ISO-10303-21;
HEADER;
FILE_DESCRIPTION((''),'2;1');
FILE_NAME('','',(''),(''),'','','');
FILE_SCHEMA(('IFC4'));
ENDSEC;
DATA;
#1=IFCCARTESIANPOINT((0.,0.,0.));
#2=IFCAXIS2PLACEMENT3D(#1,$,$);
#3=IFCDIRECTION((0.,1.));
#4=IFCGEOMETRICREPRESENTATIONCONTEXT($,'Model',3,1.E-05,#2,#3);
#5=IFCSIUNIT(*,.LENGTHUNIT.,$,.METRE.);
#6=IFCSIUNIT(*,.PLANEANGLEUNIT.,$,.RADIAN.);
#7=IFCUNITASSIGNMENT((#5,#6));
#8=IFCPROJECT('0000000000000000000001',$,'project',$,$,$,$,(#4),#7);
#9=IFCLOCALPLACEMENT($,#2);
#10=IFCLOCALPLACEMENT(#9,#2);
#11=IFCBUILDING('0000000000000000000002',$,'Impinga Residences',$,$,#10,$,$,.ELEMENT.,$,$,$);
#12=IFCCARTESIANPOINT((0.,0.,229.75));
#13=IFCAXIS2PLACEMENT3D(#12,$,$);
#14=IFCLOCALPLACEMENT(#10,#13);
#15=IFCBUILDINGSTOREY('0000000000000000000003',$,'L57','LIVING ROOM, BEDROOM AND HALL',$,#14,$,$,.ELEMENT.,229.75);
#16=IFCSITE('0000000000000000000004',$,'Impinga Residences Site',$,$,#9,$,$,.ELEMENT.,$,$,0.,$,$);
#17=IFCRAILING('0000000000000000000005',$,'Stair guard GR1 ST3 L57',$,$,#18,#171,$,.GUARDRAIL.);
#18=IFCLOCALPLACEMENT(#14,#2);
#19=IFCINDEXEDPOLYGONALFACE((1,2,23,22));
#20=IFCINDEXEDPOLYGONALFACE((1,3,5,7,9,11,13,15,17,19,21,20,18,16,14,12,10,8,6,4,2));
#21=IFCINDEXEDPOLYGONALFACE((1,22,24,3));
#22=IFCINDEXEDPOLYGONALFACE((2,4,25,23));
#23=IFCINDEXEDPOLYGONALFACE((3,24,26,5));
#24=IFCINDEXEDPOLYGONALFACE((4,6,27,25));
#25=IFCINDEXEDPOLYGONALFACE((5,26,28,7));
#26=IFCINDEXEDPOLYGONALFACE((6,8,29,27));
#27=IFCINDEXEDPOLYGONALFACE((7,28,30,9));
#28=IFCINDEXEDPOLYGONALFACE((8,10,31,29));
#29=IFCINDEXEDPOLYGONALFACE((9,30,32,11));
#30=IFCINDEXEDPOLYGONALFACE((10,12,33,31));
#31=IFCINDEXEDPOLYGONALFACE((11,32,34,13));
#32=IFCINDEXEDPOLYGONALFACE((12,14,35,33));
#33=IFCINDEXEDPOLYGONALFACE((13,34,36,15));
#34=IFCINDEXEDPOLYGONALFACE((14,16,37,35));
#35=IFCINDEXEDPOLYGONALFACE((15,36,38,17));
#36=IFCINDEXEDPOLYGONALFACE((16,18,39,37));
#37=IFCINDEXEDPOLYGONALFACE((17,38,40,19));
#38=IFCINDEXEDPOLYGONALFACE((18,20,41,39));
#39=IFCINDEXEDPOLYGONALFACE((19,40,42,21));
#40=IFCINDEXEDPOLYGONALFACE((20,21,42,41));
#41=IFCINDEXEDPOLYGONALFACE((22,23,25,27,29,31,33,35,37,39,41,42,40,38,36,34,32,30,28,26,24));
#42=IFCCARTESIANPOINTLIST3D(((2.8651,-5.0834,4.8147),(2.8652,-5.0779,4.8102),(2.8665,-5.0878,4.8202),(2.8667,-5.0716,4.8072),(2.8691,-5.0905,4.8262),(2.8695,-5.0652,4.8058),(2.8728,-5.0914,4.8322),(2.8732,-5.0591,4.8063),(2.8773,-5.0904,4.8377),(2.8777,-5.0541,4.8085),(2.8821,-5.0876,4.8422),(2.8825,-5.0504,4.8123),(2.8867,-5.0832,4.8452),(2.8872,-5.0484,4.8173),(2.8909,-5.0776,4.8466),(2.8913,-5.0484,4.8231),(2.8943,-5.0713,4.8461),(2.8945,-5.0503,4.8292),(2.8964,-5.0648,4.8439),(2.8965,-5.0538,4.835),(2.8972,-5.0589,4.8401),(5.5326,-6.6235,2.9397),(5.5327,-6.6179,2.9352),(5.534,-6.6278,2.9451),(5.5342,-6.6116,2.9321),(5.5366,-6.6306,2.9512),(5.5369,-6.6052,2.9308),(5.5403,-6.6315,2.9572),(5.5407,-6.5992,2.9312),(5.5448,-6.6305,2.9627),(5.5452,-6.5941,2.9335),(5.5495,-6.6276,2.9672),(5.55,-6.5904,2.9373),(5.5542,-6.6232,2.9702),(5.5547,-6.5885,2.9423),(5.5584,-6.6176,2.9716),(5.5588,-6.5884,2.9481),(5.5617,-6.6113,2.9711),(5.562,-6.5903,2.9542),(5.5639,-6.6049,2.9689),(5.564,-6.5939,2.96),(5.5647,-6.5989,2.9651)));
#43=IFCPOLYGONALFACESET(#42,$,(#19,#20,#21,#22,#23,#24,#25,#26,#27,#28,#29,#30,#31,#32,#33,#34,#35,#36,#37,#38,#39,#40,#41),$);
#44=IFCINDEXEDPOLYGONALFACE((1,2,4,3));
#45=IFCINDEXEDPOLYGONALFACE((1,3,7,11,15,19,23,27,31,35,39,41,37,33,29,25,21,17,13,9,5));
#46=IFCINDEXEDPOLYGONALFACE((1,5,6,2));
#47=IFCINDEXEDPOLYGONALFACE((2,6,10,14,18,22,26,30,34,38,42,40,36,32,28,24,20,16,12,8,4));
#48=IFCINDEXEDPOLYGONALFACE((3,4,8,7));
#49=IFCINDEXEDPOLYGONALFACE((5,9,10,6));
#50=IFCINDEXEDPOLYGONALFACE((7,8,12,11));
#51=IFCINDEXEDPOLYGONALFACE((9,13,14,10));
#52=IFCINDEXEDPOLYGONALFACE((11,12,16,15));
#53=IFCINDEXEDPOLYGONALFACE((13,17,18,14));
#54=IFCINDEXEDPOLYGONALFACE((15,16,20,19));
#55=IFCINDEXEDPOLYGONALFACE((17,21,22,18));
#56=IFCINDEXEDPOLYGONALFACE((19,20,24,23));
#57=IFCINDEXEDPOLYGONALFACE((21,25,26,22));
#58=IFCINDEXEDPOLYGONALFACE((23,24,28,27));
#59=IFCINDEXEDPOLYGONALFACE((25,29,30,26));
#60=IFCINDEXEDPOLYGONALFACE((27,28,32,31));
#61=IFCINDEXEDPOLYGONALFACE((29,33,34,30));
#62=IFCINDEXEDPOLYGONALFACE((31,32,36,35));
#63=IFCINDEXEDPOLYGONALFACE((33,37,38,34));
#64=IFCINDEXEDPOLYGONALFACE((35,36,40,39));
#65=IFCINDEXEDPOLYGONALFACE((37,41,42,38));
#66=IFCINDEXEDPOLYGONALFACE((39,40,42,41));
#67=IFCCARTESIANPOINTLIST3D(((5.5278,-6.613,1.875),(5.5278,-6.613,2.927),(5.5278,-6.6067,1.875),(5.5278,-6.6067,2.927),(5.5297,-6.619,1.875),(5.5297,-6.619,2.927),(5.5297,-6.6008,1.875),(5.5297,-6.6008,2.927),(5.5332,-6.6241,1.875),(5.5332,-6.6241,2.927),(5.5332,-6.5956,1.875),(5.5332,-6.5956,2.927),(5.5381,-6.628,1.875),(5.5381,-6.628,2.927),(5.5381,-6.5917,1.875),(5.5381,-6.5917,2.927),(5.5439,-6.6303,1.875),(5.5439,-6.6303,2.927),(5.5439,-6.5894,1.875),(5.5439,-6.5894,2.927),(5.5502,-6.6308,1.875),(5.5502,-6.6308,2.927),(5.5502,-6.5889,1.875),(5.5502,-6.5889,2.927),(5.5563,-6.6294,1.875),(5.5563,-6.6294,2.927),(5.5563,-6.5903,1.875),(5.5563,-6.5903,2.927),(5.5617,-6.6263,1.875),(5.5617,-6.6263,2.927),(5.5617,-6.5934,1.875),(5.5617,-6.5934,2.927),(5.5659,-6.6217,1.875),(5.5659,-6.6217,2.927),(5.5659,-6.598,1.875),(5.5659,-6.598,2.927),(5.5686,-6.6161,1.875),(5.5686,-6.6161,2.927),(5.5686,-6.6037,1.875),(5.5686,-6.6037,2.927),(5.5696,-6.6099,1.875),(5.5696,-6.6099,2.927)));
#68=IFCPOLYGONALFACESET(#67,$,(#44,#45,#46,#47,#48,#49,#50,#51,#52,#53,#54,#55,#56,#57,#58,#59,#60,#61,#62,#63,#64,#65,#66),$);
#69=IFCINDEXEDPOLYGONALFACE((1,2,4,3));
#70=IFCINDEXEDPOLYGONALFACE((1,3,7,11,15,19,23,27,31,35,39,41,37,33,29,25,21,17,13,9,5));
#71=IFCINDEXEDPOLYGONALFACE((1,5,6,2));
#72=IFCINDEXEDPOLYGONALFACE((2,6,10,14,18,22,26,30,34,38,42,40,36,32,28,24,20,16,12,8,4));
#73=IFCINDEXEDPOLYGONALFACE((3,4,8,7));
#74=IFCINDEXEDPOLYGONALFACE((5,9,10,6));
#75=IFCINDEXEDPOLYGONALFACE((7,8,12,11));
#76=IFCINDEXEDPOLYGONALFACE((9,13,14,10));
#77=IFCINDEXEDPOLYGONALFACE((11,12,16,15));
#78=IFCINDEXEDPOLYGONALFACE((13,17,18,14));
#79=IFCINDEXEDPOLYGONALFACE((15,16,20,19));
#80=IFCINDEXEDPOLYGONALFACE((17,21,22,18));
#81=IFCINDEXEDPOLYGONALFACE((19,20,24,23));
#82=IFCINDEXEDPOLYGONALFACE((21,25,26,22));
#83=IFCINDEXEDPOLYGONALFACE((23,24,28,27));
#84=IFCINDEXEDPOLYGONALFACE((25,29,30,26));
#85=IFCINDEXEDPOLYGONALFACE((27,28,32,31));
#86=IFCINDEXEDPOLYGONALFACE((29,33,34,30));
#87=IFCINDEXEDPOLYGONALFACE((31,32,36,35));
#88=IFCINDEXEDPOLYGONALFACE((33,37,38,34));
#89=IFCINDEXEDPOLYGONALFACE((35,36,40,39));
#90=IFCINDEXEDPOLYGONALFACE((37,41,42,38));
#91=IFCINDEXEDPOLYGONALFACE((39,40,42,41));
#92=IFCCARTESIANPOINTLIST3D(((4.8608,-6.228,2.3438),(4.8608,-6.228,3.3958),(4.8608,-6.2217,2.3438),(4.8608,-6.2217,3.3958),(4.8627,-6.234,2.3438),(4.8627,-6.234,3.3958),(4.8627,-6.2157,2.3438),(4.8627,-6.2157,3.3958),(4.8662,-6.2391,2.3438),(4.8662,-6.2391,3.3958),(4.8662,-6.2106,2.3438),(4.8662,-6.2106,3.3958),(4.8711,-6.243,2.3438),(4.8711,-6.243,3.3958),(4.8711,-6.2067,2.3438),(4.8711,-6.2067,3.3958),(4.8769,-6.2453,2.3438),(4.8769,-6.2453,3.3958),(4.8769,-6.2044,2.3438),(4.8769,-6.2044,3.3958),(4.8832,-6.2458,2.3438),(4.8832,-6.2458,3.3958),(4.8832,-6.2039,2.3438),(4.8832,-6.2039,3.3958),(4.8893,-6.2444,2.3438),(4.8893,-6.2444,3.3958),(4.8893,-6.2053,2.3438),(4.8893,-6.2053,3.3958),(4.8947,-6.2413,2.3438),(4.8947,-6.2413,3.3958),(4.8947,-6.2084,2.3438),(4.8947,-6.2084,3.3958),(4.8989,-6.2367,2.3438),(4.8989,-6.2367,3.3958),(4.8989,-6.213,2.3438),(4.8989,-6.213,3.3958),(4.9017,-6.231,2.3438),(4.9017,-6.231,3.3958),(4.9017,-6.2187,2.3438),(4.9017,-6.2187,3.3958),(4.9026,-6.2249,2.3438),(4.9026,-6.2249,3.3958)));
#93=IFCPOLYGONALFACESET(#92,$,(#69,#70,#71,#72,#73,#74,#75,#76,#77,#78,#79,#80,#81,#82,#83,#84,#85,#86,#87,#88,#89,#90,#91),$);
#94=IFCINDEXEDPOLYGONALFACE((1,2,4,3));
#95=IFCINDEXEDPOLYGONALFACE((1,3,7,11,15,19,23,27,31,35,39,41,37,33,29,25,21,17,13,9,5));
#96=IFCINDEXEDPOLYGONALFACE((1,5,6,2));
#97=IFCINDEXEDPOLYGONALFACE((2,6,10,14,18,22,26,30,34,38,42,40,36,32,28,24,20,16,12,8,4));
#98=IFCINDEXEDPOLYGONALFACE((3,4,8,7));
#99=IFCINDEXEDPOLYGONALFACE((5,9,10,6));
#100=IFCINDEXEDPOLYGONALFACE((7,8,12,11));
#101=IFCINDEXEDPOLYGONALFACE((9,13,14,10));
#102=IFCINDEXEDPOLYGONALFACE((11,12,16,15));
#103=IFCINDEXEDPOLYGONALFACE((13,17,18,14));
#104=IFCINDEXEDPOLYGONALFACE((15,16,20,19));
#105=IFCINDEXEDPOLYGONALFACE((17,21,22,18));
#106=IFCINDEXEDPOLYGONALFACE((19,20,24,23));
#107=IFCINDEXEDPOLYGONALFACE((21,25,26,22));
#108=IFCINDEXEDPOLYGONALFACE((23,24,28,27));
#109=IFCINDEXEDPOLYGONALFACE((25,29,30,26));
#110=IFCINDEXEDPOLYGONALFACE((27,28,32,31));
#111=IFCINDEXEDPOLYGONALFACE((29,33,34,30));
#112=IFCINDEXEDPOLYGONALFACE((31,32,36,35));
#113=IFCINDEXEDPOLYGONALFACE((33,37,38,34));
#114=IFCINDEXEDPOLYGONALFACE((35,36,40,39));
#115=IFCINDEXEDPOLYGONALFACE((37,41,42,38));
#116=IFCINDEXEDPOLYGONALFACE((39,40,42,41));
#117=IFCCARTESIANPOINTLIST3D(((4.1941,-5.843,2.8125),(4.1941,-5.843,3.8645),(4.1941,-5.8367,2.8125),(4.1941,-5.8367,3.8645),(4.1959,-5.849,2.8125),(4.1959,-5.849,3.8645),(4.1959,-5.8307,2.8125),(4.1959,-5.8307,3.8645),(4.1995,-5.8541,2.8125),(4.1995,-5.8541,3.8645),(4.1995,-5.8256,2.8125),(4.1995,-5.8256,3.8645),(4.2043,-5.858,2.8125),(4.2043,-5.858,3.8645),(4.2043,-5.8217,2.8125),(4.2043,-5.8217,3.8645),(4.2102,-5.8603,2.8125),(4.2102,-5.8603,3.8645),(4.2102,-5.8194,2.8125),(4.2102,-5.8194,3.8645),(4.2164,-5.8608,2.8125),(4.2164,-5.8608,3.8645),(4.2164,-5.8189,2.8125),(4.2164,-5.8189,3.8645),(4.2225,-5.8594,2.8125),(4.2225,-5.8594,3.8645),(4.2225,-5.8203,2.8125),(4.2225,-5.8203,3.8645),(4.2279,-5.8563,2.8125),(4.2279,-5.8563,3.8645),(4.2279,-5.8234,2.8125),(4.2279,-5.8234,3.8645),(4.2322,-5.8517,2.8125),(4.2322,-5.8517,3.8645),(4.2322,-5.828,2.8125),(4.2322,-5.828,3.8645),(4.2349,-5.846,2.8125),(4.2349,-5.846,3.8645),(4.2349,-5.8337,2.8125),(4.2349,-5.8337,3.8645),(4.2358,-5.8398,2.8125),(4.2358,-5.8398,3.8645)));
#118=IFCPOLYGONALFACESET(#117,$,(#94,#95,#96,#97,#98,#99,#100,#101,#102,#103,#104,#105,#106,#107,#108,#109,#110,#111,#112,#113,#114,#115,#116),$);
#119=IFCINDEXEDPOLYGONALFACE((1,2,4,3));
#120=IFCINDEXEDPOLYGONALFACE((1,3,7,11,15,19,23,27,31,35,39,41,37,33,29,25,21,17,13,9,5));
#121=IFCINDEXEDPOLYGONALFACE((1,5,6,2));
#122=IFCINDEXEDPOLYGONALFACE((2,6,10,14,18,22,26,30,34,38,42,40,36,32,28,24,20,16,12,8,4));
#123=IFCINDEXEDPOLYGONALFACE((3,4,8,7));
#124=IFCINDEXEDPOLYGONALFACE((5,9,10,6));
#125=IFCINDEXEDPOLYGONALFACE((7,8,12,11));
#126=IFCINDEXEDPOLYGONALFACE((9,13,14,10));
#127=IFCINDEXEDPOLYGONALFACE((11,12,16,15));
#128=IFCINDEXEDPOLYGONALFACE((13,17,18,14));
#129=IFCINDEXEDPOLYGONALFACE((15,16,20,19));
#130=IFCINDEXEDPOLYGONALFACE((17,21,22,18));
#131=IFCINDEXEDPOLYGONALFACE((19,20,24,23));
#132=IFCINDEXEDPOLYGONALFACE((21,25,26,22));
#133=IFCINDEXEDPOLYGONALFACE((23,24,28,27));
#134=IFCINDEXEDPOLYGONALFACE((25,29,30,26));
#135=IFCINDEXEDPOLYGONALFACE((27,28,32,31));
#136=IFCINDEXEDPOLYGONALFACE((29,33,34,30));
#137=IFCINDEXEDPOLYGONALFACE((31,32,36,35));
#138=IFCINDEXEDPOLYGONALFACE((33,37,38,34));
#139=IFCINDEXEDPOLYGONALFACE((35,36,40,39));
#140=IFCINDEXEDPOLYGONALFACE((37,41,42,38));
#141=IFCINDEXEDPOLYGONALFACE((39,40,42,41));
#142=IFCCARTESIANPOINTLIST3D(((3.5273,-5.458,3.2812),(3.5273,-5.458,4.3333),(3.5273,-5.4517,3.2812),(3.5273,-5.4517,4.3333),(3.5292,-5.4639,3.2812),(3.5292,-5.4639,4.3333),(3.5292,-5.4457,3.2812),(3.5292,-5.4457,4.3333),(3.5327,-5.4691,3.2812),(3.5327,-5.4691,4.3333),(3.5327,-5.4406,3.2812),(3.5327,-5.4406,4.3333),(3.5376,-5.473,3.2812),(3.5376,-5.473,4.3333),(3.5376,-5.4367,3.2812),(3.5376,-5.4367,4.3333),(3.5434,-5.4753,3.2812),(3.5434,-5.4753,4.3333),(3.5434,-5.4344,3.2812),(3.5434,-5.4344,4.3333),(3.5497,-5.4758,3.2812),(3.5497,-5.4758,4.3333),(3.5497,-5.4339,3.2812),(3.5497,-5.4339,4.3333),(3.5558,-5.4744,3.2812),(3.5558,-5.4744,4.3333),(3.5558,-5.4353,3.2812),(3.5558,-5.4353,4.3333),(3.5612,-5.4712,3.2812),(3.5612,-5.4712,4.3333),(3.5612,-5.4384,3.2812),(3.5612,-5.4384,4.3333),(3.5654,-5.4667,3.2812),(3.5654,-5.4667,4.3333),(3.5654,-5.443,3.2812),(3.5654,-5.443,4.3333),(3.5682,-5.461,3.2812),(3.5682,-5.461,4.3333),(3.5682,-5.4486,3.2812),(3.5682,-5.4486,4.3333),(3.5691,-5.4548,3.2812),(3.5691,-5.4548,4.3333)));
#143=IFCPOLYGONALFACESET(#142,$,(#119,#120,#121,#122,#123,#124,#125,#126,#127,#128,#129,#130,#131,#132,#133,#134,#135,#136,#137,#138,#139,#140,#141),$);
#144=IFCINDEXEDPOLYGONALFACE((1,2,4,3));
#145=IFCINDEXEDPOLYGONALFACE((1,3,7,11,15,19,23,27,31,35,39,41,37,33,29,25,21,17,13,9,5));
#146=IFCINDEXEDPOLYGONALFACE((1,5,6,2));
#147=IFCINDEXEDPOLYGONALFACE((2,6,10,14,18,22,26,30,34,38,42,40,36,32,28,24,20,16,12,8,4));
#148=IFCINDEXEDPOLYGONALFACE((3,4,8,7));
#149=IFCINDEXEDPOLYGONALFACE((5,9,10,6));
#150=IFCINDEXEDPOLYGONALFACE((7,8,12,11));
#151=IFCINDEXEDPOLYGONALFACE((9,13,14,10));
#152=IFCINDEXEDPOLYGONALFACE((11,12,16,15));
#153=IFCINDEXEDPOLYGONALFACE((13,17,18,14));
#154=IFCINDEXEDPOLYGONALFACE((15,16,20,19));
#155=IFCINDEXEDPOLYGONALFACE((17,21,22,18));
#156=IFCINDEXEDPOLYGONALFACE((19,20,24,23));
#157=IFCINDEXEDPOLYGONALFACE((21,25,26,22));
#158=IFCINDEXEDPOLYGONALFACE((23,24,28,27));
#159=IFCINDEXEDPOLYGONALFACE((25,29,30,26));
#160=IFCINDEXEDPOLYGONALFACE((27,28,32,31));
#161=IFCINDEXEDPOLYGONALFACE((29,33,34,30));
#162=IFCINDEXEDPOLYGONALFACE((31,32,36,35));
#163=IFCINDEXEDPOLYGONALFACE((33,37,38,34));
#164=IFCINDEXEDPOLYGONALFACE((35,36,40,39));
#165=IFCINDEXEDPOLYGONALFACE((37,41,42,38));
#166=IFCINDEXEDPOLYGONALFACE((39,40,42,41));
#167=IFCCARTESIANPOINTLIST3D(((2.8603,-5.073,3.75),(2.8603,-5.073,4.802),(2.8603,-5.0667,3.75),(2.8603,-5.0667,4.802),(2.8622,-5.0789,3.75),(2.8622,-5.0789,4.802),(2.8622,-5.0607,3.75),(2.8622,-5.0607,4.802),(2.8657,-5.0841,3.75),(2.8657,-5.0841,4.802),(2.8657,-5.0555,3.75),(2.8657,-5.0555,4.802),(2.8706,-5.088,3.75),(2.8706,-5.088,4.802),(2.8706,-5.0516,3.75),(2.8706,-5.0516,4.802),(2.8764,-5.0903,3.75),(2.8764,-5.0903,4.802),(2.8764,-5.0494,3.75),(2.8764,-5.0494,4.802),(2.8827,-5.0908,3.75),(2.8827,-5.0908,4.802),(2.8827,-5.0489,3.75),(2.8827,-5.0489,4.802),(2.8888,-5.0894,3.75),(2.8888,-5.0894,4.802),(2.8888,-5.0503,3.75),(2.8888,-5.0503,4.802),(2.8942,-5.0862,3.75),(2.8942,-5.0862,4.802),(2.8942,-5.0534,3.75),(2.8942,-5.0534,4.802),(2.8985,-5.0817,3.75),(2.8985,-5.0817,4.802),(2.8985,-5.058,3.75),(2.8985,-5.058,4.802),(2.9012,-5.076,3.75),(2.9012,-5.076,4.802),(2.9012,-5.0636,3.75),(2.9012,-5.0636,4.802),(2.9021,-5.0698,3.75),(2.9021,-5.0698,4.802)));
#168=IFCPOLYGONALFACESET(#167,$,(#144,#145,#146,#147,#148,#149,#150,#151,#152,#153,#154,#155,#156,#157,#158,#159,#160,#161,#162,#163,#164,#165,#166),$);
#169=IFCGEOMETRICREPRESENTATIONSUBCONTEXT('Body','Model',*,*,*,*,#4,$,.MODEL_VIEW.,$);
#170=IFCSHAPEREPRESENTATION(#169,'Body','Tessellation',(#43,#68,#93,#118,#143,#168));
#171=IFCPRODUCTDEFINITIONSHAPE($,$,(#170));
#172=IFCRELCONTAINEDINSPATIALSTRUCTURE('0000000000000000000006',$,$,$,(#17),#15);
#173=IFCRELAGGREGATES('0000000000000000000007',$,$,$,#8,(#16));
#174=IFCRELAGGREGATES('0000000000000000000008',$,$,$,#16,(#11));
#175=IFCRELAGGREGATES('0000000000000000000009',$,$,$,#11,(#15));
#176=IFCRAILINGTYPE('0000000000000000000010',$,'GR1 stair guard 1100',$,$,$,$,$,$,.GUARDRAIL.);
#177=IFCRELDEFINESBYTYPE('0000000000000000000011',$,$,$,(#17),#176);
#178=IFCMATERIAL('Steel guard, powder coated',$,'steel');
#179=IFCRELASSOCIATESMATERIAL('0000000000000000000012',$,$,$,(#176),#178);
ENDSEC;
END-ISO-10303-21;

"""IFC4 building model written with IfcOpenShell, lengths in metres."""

from ifc_helpers import new_model, si_unit, direction, frame, origin, origin_2d, place, context, subcontext, project, spatial, circle, extrude, material, type_object, element, save


model = new_model("IFC4")

# Units and contexts
model_context = context("Model", 3, precision=1e-05, world=origin(), true_north=direction((0.0, 1.0)))
body_context = subcontext(model_context, "Body", "Model", "MODEL_VIEW")
ifc_project = project(units=[si_unit("LENGTHUNIT", "METRE"), si_unit("PLANEANGLEUNIT", "RADIAN")], contexts=[model_context])

# Site, building, storey
site_placement = place(None, origin())
site = spatial("IfcSite", under=ifc_project, at=site_placement, Name="Impinga Residences Site", CompositionType="ELEMENT", RefElevation=0.0)
building_placement = place(site_placement, origin())
building = spatial("IfcBuilding", under=site, at=building_placement, Name="Impinga Residences", CompositionType="ELEMENT")
storey_placement = place(building_placement, frame((0.0, 0.0, 229.75)))
storey = spatial("IfcBuildingStorey", under=building, at=storey_placement, Name="L57", Description="LIVING ROOM, BEDROOM AND HALL", CompositionType="ELEMENT", Elevation=229.75)

# Railing
ifc_material_1 = material(Name="Steel guard, powder coated", Category="steel")
railing_type_1 = type_object("IfcRailingType", Name="GR1 stair guard 1100", PredefinedType="GUARDRAIL", material=ifc_material_1)
railing_1_placement = place(storey_placement, frame((5.5486, -6.6099, 1.875)))
element("IfcRailing", 1, at=railing_1_placement, inside=storey, type_object=railing_type_1, Name="Stair guard GR1 ST3 L57", PredefinedType="GUARDRAIL", context=body_context, shape_type="SweptSolid", body=[
    extrude(circle(Radius=0.0239, at=origin_2d()), frame((0.0, 0.0, 1.0762), z_axis=(-0.739746, 0.427084, 0.519975), x_axis=(-0.499992, -0.86603, 0.0)), (0.0, 0.0, 1.0), 3.606),
    extrude(circle(Radius=0.021, at=origin_2d()), origin(), (0.0, 0.0, 1.0), 1.052),
    extrude(circle(Radius=0.021, at=origin_2d()), frame((-0.667, 0.385, 0.4688)), (0.0, 0.0, 1.0), 1.052),
    extrude(circle(Radius=0.021, at=origin_2d()), frame((-1.3337, 0.77, 0.9375)), (0.0, 0.0, 1.0), 1.052),
    extrude(circle(Radius=0.021, at=origin_2d()), frame((-2.0005, 1.155, 1.4062)), (0.0, 0.0, 1.0), 1.052),
    extrude(circle(Radius=0.021, at=origin_2d()), frame((-2.6675, 1.54, 1.875)), (0.0, 0.0, 1.0), 1.052),
])

save(model, "model.ifc")
